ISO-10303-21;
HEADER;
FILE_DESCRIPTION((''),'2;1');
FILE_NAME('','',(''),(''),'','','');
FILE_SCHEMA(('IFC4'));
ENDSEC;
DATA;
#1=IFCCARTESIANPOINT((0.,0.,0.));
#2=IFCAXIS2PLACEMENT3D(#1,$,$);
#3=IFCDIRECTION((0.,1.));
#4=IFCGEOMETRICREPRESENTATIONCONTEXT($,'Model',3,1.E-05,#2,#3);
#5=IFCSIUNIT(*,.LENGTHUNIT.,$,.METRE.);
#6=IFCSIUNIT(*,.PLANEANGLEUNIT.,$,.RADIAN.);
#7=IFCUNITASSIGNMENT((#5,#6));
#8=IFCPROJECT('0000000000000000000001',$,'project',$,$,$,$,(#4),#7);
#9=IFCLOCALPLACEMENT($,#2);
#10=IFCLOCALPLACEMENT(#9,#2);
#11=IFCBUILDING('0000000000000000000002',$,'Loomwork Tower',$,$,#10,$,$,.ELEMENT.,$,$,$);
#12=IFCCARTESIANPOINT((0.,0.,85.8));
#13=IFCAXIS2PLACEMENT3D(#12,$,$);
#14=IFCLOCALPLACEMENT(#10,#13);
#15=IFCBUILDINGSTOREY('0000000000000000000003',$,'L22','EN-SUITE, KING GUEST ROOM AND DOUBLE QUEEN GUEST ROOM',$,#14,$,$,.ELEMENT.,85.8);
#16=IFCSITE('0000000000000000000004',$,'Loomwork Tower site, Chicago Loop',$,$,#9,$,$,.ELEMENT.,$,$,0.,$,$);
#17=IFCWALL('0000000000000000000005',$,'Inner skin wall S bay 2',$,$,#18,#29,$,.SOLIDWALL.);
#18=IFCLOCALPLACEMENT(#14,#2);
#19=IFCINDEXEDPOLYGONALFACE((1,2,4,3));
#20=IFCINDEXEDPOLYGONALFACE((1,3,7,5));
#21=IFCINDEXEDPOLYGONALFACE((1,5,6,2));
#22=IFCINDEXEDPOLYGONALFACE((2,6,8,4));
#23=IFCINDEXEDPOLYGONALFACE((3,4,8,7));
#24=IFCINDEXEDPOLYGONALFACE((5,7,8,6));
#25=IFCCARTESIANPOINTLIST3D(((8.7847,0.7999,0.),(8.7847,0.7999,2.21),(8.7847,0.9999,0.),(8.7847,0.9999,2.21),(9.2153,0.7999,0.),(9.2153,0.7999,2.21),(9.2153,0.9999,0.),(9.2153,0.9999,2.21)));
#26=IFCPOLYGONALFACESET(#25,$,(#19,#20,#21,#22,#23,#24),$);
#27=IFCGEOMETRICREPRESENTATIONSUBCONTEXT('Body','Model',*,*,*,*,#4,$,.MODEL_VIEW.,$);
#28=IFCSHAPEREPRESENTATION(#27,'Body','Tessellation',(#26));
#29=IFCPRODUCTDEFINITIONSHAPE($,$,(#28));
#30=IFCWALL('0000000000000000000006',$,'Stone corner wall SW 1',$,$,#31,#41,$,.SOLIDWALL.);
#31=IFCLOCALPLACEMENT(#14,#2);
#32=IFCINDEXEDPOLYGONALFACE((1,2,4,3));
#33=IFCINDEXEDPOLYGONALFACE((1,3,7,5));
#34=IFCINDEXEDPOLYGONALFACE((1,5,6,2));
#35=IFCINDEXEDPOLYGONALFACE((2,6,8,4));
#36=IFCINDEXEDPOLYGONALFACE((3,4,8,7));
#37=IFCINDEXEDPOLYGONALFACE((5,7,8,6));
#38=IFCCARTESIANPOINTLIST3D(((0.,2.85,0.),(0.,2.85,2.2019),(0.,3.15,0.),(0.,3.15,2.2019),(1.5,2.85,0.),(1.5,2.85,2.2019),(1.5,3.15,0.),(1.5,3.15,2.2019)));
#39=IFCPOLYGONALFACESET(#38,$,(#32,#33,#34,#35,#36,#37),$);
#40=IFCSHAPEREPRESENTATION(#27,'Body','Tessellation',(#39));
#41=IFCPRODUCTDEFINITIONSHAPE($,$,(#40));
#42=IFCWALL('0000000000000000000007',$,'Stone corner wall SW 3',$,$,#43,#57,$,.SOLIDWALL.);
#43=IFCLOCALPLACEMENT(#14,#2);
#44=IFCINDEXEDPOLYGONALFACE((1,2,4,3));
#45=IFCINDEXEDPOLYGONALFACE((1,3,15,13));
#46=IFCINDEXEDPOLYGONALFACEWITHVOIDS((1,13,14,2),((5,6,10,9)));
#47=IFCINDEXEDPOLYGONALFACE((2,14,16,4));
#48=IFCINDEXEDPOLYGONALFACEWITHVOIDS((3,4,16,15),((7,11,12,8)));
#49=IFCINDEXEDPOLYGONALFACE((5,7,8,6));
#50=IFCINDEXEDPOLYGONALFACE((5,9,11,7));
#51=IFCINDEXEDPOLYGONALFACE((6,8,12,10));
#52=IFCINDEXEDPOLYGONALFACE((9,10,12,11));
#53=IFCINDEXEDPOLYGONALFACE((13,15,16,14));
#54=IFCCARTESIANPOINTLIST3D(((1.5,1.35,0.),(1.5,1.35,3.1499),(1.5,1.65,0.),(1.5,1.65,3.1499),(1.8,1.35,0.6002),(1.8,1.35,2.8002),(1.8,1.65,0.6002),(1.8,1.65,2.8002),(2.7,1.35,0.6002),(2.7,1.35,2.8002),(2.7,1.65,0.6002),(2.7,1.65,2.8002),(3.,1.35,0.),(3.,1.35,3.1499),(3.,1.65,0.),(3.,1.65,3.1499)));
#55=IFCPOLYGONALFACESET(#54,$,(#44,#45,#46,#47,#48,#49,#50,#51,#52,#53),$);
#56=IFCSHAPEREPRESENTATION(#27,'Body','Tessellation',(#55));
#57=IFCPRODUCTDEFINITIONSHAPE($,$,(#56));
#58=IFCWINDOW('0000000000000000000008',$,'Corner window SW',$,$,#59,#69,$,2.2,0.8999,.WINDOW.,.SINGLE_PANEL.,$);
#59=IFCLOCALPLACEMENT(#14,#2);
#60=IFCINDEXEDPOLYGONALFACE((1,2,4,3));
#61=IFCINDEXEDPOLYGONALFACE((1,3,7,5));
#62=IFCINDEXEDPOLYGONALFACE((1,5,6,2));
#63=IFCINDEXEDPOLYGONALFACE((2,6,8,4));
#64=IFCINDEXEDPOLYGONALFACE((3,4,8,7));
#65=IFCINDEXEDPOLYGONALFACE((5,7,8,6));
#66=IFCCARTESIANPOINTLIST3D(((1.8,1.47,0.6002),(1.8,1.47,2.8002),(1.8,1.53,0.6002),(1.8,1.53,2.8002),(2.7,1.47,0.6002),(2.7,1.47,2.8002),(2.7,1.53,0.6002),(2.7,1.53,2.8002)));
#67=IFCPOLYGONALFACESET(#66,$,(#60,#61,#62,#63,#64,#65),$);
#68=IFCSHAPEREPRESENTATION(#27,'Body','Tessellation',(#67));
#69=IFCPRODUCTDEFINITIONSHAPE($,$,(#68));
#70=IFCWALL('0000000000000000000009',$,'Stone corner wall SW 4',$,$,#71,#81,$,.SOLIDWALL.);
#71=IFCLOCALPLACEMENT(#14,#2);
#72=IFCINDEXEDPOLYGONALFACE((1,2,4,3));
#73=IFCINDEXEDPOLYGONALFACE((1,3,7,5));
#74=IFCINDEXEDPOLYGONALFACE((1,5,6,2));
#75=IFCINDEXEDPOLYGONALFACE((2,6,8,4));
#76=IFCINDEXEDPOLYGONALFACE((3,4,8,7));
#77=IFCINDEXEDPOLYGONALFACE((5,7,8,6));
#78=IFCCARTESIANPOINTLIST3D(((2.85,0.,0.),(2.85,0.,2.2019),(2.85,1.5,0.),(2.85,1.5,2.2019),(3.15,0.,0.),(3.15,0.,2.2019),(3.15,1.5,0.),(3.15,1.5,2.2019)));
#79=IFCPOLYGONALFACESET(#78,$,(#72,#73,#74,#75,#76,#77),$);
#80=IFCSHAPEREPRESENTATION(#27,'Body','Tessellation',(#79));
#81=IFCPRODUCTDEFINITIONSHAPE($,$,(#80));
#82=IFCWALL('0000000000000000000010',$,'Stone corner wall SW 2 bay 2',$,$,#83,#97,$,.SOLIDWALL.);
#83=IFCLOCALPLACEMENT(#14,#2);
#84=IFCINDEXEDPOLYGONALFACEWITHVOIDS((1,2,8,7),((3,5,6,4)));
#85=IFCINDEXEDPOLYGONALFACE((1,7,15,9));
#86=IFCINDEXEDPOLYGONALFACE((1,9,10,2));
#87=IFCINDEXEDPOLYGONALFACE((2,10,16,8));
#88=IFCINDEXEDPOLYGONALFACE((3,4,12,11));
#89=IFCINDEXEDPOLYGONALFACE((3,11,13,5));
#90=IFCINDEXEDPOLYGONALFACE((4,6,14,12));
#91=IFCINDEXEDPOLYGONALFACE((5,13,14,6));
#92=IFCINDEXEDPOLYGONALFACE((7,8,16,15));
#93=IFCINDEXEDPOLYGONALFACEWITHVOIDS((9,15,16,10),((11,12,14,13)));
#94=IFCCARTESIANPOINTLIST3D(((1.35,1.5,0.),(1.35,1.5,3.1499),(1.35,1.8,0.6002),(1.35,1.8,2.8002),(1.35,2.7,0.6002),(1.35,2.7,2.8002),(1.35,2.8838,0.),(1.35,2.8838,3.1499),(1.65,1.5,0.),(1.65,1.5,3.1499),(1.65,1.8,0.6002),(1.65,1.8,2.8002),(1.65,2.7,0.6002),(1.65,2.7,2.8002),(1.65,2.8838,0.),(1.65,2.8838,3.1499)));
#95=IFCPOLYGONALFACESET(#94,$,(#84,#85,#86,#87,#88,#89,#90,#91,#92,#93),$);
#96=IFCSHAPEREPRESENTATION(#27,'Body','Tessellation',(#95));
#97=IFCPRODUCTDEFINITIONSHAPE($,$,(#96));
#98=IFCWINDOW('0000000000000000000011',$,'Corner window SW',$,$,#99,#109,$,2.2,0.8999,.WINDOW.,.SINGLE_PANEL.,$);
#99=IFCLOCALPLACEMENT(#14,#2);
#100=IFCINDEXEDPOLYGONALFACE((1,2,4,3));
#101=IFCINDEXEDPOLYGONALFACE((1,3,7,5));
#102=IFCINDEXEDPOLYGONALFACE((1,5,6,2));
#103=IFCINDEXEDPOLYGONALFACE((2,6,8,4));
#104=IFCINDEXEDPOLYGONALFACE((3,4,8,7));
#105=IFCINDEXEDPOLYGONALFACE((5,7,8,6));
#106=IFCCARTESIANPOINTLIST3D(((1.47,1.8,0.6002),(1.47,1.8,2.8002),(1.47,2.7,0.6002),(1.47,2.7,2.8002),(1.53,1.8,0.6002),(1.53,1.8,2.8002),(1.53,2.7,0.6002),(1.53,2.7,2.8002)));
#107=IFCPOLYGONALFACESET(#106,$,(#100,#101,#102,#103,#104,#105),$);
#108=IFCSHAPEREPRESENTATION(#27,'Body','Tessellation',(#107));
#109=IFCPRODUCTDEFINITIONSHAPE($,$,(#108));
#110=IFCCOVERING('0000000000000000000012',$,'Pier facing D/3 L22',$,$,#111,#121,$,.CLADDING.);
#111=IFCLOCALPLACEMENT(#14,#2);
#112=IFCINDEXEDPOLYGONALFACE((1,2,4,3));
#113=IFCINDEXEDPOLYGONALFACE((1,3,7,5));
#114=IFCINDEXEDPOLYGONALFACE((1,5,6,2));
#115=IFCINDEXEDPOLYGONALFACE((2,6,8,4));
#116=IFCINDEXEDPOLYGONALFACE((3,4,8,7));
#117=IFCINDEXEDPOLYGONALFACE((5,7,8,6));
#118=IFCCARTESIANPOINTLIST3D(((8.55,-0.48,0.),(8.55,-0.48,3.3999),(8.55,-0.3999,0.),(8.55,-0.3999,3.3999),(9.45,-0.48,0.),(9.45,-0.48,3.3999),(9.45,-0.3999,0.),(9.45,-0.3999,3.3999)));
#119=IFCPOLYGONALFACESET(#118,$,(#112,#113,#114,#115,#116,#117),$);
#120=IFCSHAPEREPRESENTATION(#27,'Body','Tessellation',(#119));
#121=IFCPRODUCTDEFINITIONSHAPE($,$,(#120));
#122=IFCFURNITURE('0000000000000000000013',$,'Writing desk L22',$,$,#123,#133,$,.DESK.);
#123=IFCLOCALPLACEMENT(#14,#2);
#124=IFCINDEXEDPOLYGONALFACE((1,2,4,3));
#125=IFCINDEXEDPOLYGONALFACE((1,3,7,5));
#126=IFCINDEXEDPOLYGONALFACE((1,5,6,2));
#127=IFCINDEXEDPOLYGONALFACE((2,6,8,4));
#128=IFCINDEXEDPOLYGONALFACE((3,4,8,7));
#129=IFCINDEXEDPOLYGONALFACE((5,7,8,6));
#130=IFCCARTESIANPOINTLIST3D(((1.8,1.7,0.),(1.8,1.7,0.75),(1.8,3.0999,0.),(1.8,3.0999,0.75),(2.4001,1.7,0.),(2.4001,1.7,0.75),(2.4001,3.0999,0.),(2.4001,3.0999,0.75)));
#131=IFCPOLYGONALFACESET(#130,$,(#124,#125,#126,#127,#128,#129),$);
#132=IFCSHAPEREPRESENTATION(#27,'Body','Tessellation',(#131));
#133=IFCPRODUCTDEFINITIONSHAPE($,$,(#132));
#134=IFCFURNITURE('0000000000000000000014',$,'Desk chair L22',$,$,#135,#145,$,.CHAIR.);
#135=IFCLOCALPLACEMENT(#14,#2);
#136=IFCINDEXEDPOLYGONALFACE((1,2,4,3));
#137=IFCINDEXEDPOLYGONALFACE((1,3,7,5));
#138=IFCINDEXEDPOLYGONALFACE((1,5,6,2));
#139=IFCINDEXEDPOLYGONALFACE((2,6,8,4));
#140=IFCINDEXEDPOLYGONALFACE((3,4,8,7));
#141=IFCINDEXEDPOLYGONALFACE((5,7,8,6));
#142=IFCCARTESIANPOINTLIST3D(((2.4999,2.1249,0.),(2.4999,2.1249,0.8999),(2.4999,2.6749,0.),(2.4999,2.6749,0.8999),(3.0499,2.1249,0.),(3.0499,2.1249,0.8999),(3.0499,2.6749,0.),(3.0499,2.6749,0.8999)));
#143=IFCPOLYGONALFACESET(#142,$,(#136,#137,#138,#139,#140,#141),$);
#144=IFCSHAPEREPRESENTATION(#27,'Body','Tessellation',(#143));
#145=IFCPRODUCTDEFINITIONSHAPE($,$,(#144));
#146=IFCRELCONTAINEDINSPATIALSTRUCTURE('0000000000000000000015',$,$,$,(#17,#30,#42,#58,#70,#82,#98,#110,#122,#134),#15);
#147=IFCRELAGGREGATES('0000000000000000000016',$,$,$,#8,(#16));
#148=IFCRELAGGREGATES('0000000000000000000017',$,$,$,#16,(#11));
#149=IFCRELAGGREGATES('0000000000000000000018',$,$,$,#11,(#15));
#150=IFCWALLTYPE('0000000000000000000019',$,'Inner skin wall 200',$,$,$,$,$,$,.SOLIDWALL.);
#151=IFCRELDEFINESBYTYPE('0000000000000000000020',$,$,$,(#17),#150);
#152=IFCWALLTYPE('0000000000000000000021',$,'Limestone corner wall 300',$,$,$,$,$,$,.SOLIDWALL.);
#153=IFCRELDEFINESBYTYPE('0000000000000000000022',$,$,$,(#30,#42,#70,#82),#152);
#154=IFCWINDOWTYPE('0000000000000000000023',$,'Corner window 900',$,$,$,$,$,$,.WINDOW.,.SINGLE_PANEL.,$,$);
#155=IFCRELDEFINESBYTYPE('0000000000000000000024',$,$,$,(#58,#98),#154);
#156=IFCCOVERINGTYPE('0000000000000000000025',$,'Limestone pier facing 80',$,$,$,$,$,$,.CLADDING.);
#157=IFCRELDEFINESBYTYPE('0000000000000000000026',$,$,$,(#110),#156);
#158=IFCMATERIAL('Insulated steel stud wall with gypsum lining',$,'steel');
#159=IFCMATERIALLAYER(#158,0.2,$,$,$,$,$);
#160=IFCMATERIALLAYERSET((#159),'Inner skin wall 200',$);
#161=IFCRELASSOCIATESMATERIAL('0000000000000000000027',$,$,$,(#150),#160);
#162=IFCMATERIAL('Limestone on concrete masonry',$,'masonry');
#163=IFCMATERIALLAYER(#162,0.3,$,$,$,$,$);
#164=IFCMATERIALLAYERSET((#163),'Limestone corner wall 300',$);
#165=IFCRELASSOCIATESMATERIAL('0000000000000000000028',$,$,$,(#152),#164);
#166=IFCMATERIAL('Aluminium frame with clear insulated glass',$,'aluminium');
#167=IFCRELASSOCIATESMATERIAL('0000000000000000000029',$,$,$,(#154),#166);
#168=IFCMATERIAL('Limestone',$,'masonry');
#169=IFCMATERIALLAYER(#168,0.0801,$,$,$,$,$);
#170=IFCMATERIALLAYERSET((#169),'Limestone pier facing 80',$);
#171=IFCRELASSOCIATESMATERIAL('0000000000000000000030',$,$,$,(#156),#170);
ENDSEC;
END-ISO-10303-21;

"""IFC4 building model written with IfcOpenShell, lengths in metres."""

from ifc_helpers import new_model, si_unit, direction, frame, frame_2d, origin, origin_2d, place, context, subcontext, project, spatial, rectangle, extrude, material, layer, layer_set, type_object, element, fill, save


model = new_model("IFC4")

# Units and contexts
model_context = context("Model", 3, precision=1e-05, world=origin(), true_north=direction((0.0, 1.0)))
body_context = subcontext(model_context, "Body", "Model", "MODEL_VIEW")
ifc_project = project(units=[si_unit("LENGTHUNIT", "METRE"), si_unit("PLANEANGLEUNIT", "RADIAN")], contexts=[model_context])

# Site, building, storey
site_placement = place(None, origin())
site = spatial("IfcSite", under=ifc_project, at=site_placement, Name="Loomwork Tower site, Chicago Loop", CompositionType="ELEMENT", RefElevation=0.0)
building_placement = place(site_placement, origin())
building = spatial("IfcBuilding", under=site, at=building_placement, Name="Loomwork Tower", CompositionType="ELEMENT")
storey_placement = place(building_placement, frame((0.0, 0.0, 85.8)))
storey = spatial("IfcBuildingStorey", under=building, at=storey_placement, Name="L22", Description="EN-SUITE, KING GUEST ROOM AND DOUBLE QUEEN GUEST ROOM", CompositionType="ELEMENT", Elevation=85.8)

# Shared definitions
ifc_material_1 = material(Name="Insulated steel stud wall with gypsum lining", Category="steel")
ifc_layer_1 = layer(ifc_material_1, 0.2)
ifc_layer_set_1 = layer_set([ifc_layer_1], Name="Inner skin wall 200")
wall_type_1 = type_object("IfcWallType", Name="Inner skin wall 200", PredefinedType="SOLIDWALL", material=ifc_layer_set_1)

# Walls
wall_1_placement = place(storey_placement, frame((8.7847, 0.8999, 0.0), z_axis=(0.0, 0.0, 1.0), x_axis=(1.0, 0.0, 0.0)))
element("IfcWall", 1, at=wall_1_placement, inside=storey, type_object=wall_type_1, Name="Inner skin wall S bay 2", PredefinedType="SOLIDWALL", context=body_context, shape_type="SweptSolid", body=[
    extrude(rectangle(XDim=0.4307, YDim=0.2, at=frame_2d((0.2153, 0.0))), origin(), (0.0, 0.0, 1.0), 2.21),
])
ifc_material_2 = material(Name="Limestone on concrete masonry", Category="masonry")
ifc_layer_2 = layer(ifc_material_2, 0.3)
ifc_layer_set_2 = layer_set([ifc_layer_2], Name="Limestone corner wall 300")
wall_type_2 = type_object("IfcWallType", Name="Limestone corner wall 300", PredefinedType="SOLIDWALL", material=ifc_layer_set_2)
wall_2_placement = place(storey_placement, frame((0.0, 3.0, 0.0), z_axis=(0.0, 0.0, 1.0), x_axis=(1.0, 0.0, 0.0)))
element("IfcWall", 2, at=wall_2_placement, inside=storey, type_object=wall_type_2, Name="Stone corner wall SW 1", PredefinedType="SOLIDWALL", context=body_context, shape_type="SweptSolid", body=[
    extrude(rectangle(XDim=1.5, YDim=0.3, at=frame_2d((0.75, 0.0))), origin(), (0.0, 0.0, 1.0), 2.2019),
])

# Wall, opening, window
wall_3_placement = place(storey_placement, frame((1.5, 1.5, 0.0), z_axis=(0.0, 0.0, 1.0), x_axis=(1.0, 0.0, 0.0)))
wall_3 = element("IfcWall", 3, at=wall_3_placement, inside=storey, type_object=wall_type_2, Name="Stone corner wall SW 3", PredefinedType="SOLIDWALL", context=body_context, shape_type="SweptSolid", body=[
    extrude(rectangle(XDim=1.5, YDim=0.3, at=frame_2d((0.75, 0.0))), origin(), (0.0, 0.0, 1.0), 3.1499),
])
opening_1_placement = place(wall_3_placement, frame((0.3, 0.0, 0.6001)))
opening_1 = element("IfcOpeningElement", 4, at=opening_1_placement, cuts=wall_3, PredefinedType="OPENING", context=body_context, shape_type="SweptSolid", body=[
    extrude(rectangle(XDim=0.8999, YDim=2.2, at=frame_2d((0.45, 1.1001))), frame((0.0, 0.1599, 0.0), z_axis=(0.0, -1.0, 0.0), x_axis=(1.0, 0.0, 0.0)), (0.0, 0.0, 1.0), 0.3201),
])
ifc_material_3 = material(Name="Aluminium frame with clear insulated glass", Category="aluminium")
window_type_1 = type_object("IfcWindowType", Name="Corner window 900", PartitioningType="SINGLE_PANEL", PredefinedType="WINDOW", material=ifc_material_3)
window_1_placement = place(opening_1_placement, origin())
window_1 = element("IfcWindow", 5, at=window_1_placement, inside=storey, type_object=window_type_1, Name="Corner window SW", OverallHeight=2.2, OverallWidth=0.8999, PartitioningType="SINGLE_PANEL", PredefinedType="WINDOW", context=body_context, shape_type="SweptSolid", body=[
    extrude(rectangle(XDim=0.8999, YDim=2.2, at=frame_2d((0.45, 1.1001))), frame((0.0, 0.03, 0.0), z_axis=(0.0, -1.0, 0.0), x_axis=(1.0, 0.0, 0.0)), (0.0, 0.0, 1.0), 0.0601),
])
fill(opening_1, window_1)

# Wall
wall_4_placement = place(storey_placement, frame((3.0, 1.5, 0.0), z_axis=(0.0, 0.0, 1.0), x_axis=(0.0, -1.0, 0.0)))
element("IfcWall", 6, at=wall_4_placement, inside=storey, type_object=wall_type_2, Name="Stone corner wall SW 4", PredefinedType="SOLIDWALL", context=body_context, shape_type="SweptSolid", body=[
    extrude(rectangle(XDim=1.5, YDim=0.3, at=frame_2d((0.75, 0.0))), origin(), (0.0, 0.0, 1.0), 2.2019),
])

# Wall, opening, window
wall_5_placement = place(storey_placement, frame((1.5, 2.8838, 0.0), z_axis=(0.0, 0.0, 1.0), x_axis=(0.0, -1.0, 0.0)))
wall_5 = element("IfcWall", 7, at=wall_5_placement, inside=storey, type_object=wall_type_2, Name="Stone corner wall SW 2 bay 2", PredefinedType="SOLIDWALL", context=body_context, shape_type="SweptSolid", body=[
    extrude(rectangle(XDim=1.3838, YDim=0.3, at=frame_2d((0.6919, 0.0))), origin(), (0.0, 0.0, 1.0), 3.1499),
])
opening_2_placement = place(wall_5_placement, frame((0.1838, 0.0, 0.6001)))
opening_2 = element("IfcOpeningElement", 8, at=opening_2_placement, cuts=wall_5, PredefinedType="OPENING", context=body_context, shape_type="SweptSolid", body=[
    extrude(rectangle(XDim=0.8999, YDim=2.2, at=frame_2d((0.45, 1.1001))), frame((0.0, 0.1599, 0.0), z_axis=(0.0, -1.0, 0.0), x_axis=(1.0, 0.0, 0.0)), (0.0, 0.0, 1.0), 0.3201),
])
window_2_placement = place(opening_2_placement, origin())
window_2 = element("IfcWindow", 9, at=window_2_placement, inside=storey, type_object=window_type_1, Name="Corner window SW", OverallHeight=2.2, OverallWidth=0.8999, PartitioningType="SINGLE_PANEL", PredefinedType="WINDOW", context=body_context, shape_type="SweptSolid", body=[
    extrude(rectangle(XDim=0.8999, YDim=2.2, at=frame_2d((0.45, 1.1001))), frame((0.0, 0.03, 0.0), z_axis=(0.0, -1.0, 0.0), x_axis=(1.0, 0.0, 0.0)), (0.0, 0.0, 1.0), 0.0601),
])
fill(opening_2, window_2)

# Covering
ifc_material_4 = material(Name="Limestone", Category="masonry")
ifc_layer_3 = layer(ifc_material_4, 0.0801)
ifc_layer_set_3 = layer_set([ifc_layer_3], Name="Limestone pier facing 80")
covering_type = type_object("IfcCoveringType", Name="Limestone pier facing 80", PredefinedType="CLADDING", material=ifc_layer_set_3)
covering_placement = place(storey_placement, frame((9.0, -0.4399, 0.0), z_axis=(0.0, 0.0, 1.0), x_axis=(1.0, 0.0, 0.0)))
element("IfcCovering", 10, at=covering_placement, inside=storey, type_object=covering_type, Name="Pier facing D/3 L22", PredefinedType="CLADDING", context=body_context, shape_type="SweptSolid", body=[
    extrude(rectangle(XDim=0.8999, YDim=0.0801, at=origin_2d()), origin(), (0.0, 0.0, 1.0), 3.3999),
])

# Furniture
furniture_1_placement = place(storey_placement, frame((2.1001, 2.3999, 0.0), z_axis=(0.0, 0.0, 1.0), x_axis=(1.0, 0.0, 0.0)))
element("IfcFurniture", 11, at=furniture_1_placement, inside=storey, Name="Writing desk L22", PredefinedType="DESK", context=body_context, shape_type="SweptSolid", body=[
    extrude(rectangle(XDim=0.6001, YDim=1.3999, at=origin_2d()), origin(), (0.0, 0.0, 1.0), 0.75),
])
furniture_2_placement = place(storey_placement, frame((2.7749, 2.3999, 0.0), z_axis=(0.0, 0.0, 1.0), x_axis=(1.0, 0.0, 0.0)))
element("IfcFurniture", 12, at=furniture_2_placement, inside=storey, Name="Desk chair L22", PredefinedType="CHAIR", context=body_context, shape_type="SweptSolid", body=[
    extrude(rectangle(XDim=0.55, YDim=0.55, at=origin_2d()), origin(), (0.0, 0.0, 1.0), 0.8999),
])

save(model, "model.ifc")
